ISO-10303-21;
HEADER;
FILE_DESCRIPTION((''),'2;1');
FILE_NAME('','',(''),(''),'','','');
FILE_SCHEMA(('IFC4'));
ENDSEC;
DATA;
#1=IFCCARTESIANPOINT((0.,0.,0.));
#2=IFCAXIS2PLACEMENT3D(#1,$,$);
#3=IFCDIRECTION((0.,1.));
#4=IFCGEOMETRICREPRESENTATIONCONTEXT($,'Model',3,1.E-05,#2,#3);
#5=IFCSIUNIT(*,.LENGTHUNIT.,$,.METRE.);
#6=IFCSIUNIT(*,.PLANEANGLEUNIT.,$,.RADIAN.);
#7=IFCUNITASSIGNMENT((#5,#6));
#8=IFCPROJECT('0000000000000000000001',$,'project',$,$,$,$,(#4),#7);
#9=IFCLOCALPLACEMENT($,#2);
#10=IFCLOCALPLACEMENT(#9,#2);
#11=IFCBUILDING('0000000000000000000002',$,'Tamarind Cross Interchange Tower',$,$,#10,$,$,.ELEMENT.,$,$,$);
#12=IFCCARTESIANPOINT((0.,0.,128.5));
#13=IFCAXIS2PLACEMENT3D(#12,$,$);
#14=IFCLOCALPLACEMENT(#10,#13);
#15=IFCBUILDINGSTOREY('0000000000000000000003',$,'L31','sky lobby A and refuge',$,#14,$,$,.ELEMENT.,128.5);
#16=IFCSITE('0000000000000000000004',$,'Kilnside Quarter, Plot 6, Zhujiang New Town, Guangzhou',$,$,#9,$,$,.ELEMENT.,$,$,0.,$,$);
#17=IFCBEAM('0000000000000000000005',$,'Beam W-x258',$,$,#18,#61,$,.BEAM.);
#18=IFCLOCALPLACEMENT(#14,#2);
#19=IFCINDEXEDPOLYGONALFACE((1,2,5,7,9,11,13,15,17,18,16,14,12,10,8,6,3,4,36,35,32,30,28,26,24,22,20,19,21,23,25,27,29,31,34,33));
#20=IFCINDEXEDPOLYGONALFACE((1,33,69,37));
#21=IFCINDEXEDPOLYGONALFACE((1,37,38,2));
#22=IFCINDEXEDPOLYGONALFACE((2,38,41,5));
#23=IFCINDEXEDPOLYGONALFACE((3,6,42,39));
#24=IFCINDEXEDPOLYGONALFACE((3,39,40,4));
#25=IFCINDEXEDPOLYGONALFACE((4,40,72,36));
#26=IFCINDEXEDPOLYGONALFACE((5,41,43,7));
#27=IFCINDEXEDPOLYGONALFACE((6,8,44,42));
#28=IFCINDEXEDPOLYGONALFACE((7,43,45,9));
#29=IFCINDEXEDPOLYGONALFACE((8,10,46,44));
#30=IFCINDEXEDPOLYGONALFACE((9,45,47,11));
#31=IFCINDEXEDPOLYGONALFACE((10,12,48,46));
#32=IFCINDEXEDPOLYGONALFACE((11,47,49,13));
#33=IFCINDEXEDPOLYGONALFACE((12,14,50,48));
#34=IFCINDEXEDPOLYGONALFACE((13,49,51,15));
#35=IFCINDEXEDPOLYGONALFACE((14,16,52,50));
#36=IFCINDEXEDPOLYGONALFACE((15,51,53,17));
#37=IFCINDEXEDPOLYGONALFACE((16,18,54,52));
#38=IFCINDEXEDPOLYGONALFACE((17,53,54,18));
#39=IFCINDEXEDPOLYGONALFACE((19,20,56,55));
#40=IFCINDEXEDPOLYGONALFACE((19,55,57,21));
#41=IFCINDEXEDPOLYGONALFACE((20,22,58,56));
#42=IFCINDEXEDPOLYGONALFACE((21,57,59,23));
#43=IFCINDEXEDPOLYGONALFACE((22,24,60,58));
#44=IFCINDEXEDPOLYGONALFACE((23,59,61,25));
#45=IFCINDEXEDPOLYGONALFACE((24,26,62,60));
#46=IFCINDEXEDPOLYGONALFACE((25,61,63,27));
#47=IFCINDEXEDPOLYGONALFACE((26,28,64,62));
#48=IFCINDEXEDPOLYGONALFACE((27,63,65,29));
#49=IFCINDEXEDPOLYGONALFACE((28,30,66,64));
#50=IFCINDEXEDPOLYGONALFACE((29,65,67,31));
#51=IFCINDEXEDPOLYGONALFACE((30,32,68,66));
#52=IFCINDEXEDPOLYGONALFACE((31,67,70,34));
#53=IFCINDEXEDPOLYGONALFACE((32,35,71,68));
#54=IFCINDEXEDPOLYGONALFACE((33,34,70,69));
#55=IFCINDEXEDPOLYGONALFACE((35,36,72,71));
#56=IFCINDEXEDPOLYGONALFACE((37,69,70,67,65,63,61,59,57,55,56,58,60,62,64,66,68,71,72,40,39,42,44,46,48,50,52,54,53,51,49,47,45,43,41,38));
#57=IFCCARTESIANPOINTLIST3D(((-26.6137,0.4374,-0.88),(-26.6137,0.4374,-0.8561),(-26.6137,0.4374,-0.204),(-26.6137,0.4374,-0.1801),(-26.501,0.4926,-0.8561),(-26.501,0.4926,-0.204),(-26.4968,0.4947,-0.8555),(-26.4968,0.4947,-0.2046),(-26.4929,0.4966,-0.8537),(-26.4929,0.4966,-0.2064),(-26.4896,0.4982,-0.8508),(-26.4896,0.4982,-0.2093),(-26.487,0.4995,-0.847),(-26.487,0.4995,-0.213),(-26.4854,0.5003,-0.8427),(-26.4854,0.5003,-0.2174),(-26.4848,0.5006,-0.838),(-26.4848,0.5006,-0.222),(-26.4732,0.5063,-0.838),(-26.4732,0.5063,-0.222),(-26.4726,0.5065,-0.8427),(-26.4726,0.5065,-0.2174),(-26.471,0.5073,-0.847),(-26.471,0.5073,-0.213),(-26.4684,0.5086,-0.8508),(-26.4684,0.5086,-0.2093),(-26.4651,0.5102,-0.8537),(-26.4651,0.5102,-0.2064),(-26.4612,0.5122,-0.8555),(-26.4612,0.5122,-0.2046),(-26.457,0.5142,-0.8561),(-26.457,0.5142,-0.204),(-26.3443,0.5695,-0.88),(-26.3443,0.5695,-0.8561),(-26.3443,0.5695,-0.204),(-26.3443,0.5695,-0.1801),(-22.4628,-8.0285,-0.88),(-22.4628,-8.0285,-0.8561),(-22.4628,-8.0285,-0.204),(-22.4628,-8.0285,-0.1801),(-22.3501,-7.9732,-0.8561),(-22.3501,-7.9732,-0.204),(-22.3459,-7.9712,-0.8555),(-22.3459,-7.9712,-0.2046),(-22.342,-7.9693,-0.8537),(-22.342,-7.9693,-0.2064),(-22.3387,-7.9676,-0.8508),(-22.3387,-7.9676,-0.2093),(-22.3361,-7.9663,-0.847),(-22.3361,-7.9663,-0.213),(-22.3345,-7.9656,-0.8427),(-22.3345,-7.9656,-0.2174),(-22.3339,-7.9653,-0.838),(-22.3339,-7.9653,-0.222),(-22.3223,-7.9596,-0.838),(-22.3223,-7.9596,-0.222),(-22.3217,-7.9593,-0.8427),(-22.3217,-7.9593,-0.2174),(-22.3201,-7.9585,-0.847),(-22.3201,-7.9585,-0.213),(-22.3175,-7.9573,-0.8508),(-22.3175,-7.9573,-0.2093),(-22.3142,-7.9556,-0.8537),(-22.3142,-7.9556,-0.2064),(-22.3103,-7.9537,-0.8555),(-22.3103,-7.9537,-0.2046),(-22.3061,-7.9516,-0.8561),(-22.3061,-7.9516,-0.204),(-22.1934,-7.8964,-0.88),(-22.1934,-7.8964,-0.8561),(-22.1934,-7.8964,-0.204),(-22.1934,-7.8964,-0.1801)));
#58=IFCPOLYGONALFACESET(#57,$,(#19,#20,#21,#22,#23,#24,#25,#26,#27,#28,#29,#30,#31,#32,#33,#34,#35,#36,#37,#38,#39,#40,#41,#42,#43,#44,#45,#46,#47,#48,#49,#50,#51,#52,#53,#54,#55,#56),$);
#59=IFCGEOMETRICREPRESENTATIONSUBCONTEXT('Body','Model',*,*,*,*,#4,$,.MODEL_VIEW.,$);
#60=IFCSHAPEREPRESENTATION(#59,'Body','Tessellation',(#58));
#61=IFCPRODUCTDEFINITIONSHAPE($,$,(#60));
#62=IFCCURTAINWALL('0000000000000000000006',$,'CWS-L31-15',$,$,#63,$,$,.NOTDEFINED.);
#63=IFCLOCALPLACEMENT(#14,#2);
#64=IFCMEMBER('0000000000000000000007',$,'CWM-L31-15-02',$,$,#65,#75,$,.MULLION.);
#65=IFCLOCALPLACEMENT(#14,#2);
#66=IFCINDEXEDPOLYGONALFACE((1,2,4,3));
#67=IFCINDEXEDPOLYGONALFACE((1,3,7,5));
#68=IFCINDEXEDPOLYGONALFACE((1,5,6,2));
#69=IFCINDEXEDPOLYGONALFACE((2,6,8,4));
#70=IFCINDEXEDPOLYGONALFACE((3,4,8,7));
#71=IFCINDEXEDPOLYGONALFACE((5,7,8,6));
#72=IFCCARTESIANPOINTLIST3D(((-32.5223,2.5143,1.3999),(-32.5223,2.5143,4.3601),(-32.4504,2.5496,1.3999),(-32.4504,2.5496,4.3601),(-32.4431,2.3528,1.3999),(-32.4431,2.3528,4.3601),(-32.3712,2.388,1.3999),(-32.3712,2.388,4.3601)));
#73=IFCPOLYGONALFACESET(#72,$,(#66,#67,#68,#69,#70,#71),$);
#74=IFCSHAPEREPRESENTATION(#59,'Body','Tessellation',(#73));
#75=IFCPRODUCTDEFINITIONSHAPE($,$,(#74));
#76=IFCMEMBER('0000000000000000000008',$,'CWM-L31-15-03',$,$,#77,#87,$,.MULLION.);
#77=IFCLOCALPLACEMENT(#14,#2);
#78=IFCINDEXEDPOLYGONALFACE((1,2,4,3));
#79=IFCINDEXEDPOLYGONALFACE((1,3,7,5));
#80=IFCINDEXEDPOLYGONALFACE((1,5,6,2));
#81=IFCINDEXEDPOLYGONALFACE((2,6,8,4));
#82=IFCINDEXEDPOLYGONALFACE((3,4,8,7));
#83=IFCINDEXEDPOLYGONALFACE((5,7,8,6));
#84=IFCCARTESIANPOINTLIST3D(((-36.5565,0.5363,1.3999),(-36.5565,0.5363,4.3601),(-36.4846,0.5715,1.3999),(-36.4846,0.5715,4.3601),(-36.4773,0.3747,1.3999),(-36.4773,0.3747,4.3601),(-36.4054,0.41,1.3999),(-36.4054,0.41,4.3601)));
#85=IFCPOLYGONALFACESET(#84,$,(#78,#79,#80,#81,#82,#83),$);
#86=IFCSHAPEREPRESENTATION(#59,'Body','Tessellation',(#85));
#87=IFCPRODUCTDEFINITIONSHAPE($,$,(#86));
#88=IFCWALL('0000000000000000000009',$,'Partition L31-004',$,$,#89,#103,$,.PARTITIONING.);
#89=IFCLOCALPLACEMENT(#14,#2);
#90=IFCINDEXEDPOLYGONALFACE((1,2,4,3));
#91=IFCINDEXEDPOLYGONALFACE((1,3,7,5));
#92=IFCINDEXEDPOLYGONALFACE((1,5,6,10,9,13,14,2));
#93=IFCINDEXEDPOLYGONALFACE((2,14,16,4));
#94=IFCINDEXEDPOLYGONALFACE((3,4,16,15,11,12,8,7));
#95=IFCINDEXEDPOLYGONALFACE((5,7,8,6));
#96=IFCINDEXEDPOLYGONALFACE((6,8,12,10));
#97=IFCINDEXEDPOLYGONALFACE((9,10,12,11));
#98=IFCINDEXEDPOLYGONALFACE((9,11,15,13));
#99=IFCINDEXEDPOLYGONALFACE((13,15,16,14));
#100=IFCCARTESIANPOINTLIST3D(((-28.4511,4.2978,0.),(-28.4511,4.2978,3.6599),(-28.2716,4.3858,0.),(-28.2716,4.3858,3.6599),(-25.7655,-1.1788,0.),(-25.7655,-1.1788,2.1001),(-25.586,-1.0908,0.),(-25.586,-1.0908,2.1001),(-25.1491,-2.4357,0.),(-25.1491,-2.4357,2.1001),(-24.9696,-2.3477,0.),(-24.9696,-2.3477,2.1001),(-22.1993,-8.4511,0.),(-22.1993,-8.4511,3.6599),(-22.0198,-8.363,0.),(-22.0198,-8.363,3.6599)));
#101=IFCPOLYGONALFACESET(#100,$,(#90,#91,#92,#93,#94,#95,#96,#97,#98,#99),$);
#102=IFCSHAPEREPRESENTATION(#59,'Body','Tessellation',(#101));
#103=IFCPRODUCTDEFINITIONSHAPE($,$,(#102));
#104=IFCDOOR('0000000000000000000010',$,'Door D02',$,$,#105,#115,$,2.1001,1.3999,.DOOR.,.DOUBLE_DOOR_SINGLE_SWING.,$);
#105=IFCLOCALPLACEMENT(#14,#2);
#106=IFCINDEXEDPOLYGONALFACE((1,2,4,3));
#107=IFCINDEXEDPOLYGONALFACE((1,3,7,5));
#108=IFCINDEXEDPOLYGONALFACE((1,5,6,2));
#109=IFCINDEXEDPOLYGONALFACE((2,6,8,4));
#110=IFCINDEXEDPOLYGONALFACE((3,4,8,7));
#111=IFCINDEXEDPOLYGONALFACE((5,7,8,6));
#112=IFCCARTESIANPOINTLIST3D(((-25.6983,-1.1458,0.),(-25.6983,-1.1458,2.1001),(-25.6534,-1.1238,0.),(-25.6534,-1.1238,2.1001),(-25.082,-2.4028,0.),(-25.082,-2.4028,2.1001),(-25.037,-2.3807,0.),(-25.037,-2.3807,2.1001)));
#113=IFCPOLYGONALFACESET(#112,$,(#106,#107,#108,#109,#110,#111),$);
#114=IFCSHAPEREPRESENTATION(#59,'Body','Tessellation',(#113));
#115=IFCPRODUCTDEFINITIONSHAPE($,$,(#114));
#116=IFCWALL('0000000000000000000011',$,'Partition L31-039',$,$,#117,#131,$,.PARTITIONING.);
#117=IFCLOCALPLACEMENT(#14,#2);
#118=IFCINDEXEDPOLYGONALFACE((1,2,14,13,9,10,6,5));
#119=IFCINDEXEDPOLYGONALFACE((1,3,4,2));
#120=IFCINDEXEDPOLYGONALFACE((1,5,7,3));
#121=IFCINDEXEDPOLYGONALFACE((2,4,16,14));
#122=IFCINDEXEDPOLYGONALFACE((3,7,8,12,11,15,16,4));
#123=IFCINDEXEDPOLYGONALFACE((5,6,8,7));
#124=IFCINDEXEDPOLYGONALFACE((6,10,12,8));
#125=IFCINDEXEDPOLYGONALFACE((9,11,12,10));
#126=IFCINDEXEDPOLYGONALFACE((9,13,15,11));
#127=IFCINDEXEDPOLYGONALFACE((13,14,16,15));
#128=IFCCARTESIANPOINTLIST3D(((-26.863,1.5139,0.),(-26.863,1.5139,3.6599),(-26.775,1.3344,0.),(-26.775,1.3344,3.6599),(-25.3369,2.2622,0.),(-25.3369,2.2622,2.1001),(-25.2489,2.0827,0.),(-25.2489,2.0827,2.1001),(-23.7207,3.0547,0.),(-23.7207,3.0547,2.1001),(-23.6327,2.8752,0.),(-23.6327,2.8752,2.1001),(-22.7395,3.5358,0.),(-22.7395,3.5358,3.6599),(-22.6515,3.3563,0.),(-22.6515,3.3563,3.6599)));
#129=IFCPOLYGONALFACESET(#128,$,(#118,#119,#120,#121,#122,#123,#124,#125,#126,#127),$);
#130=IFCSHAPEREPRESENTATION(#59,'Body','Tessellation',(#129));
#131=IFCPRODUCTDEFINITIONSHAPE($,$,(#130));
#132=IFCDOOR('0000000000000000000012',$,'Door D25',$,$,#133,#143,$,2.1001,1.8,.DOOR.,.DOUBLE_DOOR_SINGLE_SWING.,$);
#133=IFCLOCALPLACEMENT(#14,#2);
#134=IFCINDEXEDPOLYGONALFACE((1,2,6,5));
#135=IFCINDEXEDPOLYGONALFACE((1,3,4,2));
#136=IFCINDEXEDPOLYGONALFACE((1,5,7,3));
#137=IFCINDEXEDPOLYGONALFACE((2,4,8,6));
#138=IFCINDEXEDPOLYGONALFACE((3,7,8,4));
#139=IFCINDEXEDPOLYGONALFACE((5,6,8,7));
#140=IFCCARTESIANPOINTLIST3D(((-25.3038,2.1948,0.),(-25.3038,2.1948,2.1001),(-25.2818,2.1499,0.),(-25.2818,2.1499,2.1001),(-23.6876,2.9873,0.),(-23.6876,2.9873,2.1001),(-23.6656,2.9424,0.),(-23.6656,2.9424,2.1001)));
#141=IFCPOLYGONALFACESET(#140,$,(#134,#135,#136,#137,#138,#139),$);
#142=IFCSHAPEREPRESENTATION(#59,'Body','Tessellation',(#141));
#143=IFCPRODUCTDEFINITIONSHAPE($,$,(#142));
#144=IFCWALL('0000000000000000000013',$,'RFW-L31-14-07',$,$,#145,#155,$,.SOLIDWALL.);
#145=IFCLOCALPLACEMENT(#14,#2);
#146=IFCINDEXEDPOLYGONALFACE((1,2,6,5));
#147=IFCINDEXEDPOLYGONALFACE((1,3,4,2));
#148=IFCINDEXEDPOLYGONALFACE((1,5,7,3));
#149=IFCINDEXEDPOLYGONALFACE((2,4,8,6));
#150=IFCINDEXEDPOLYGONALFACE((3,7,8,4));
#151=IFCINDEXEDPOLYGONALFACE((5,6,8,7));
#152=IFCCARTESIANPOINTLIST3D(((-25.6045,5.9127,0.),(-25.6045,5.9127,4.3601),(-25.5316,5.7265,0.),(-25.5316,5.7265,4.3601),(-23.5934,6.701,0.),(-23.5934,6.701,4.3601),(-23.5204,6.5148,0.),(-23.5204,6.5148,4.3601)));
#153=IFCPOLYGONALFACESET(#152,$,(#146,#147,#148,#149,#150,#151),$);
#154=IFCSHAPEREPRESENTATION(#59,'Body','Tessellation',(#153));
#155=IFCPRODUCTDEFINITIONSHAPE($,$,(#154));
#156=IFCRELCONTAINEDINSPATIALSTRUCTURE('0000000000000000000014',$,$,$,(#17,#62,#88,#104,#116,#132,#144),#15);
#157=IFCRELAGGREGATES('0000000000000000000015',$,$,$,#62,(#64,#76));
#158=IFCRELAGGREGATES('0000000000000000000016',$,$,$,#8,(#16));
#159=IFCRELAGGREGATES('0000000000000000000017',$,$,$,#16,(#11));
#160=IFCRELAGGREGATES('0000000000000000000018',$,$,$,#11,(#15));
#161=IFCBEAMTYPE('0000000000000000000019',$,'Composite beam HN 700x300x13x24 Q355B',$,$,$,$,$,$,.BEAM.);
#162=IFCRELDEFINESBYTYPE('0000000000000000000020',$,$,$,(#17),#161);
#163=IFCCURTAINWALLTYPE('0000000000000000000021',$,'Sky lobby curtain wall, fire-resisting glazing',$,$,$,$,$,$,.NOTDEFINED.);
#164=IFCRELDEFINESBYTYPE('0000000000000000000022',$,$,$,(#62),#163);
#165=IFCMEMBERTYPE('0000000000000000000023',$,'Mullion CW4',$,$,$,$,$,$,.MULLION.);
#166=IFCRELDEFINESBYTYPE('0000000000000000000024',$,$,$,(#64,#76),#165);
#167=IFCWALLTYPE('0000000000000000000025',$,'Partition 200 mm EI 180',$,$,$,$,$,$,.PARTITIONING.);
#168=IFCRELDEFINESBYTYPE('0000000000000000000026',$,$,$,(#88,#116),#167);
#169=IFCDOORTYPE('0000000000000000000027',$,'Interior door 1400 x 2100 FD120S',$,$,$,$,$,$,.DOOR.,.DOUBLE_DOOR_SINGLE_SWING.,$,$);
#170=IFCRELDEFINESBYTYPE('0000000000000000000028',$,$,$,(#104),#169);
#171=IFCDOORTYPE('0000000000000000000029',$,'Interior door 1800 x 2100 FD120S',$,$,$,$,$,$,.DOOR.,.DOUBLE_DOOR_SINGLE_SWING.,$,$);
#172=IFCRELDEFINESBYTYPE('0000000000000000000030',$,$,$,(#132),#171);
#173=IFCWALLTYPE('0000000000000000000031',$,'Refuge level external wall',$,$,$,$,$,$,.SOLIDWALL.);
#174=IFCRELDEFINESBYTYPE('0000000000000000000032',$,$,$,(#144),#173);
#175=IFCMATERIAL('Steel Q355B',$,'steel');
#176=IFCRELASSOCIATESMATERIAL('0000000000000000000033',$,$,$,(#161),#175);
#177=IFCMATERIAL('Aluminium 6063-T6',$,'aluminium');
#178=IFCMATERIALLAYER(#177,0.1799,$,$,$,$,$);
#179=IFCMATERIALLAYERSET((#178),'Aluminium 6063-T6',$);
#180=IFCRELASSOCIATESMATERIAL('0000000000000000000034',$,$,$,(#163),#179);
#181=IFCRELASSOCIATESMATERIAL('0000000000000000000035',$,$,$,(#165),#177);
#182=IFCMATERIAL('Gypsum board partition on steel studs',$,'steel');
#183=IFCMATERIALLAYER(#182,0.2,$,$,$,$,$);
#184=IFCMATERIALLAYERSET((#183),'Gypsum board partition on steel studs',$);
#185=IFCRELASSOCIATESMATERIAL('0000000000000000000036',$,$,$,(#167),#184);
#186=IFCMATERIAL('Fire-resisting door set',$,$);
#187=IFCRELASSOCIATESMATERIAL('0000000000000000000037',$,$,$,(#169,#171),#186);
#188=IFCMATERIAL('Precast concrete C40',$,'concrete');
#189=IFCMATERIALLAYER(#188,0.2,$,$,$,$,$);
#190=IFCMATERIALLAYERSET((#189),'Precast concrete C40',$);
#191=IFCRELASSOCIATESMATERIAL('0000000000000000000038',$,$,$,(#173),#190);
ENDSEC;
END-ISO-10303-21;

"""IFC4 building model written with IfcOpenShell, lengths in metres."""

from ifc_helpers import new_model, si_unit, direction, frame, frame_2d, origin, origin_2d, place, context, subcontext, project, spatial, rectangle, i_section, extrude, material, layer, layer_set, material_profile, profile_set, type_object, element, fill, aggregate, save


model = new_model("IFC4")

# Units and contexts
model_context = context("Model", 3, precision=1e-05, world=origin(), true_north=direction((0.0, 1.0)))
body_context = subcontext(model_context, "Body", "Model", "MODEL_VIEW")
ifc_project = project(units=[si_unit("LENGTHUNIT", "METRE"), si_unit("PLANEANGLEUNIT", "RADIAN")], contexts=[model_context])

# Site, building, storey
site_placement = place(None, origin())
site = spatial("IfcSite", under=ifc_project, at=site_placement, Name="Kilnside Quarter, Plot 6, Zhujiang New Town, Guangzhou", CompositionType="ELEMENT", RefElevation=0.0)
building_placement = place(site_placement, origin())
building = spatial("IfcBuilding", under=site, at=building_placement, Name="Tamarind Cross Interchange Tower", CompositionType="ELEMENT")
storey_placement = place(building_placement, frame((0.0, 0.0, 128.5)))
storey = spatial("IfcBuildingStorey", under=building, at=storey_placement, Name="L31", Description="sky lobby A and refuge", CompositionType="ELEMENT", Elevation=128.5)

# Beam
ifc_material_1 = material(Name="Steel Q355B", Category="steel")
ifc_material_profile_1 = material_profile(ifc_material_1, i_section(OverallWidth=0.3, OverallDepth=0.7, WebThickness=0.0129, FlangeThickness=0.0239, FilletRadius=0.0181, at=origin_2d()), Name="HN 700x300x13x24")
ifc_profile_set_1 = profile_set([ifc_material_profile_1], Name="Steel Q355B")
beam_type_1 = type_object("IfcBeamType", Name="Composite beam HN 700x300x13x24 Q355B", PredefinedType="BEAM", material=ifc_profile_set_1)
beam_1_placement = place(storey_placement, frame((-26.479, 0.5034, -0.53), z_axis=(0.44024, -0.89788, 0.0), x_axis=(0.89788, 0.44024, 0.0)))
element("IfcBeam", 1, at=beam_1_placement, inside=storey, type_object=beam_type_1, Name="Beam W-x258", PredefinedType="BEAM", context=body_context, shape_type="SweptSolid", body=[
    extrude(i_section(OverallWidth=0.3, OverallDepth=0.7, WebThickness=0.0129, FlangeThickness=0.0239, FilletRadius=0.0181, at=origin_2d()), origin(), (0.0, 0.0, 1.0), 9.4287),
])

# Curtain wall, members
ifc_material_2 = material(Name="Aluminium 6063-T6", Category="aluminium")
ifc_layer_1 = layer(ifc_material_2, 0.1799)
ifc_layer_set_1 = layer_set([ifc_layer_1], Name="Aluminium 6063-T6")
curtain_wall_type = type_object("IfcCurtainWallType", Name="Sky lobby curtain wall, fire-resisting glazing", PredefinedType="NOTDEFINED", material=ifc_layer_set_1)
curtain_wall_placement = place(storey_placement, origin())
curtain_wall = element("IfcCurtainWall", 2, at=curtain_wall_placement, inside=storey, type_object=curtain_wall_type, Name="CWS-L31-15", PredefinedType="NOTDEFINED")
ifc_material_profile_2 = material_profile(ifc_material_2, rectangle(XDim=0.0801, YDim=0.1799, at=origin_2d()), Name="Mullion CW4")
ifc_profile_set_2 = profile_set([ifc_material_profile_2], Name="Aluminium 6063-T6")
member_type = type_object("IfcMemberType", Name="Mullion CW4", PredefinedType="MULLION", material=ifc_profile_set_2)
member_1_placement = place(storey_placement, frame((-32.4468, 2.4512, 1.3999), z_axis=(0.0, 0.0, 1.0), x_axis=(-0.897874, -0.440253, 0.0)))
member_1 = element("IfcMember", 3, at=member_1_placement, type_object=member_type, Name="CWM-L31-15-02", PredefinedType="MULLION", context=body_context, shape_type="SweptSolid", body=[
    extrude(rectangle(XDim=0.0801, YDim=0.1799, at=origin_2d()), origin(), (0.0, 0.0, 1.0), 2.9602),
])
member_2_placement = place(storey_placement, frame((-36.481, 0.4731, 1.3999), z_axis=(0.0, 0.0, 1.0), x_axis=(-0.897874, -0.440253, 0.0)))
member_2 = element("IfcMember", 4, at=member_2_placement, type_object=member_type, Name="CWM-L31-15-03", PredefinedType="MULLION", context=body_context, shape_type="SweptSolid", body=[
    extrude(rectangle(XDim=0.0801, YDim=0.1799, at=origin_2d()), origin(), (0.0, 0.0, 1.0), 2.9602),
])
aggregate(curtain_wall, [member_1, member_2])

# Walls, openings, doors
ifc_material_3 = material(Name="Gypsum board partition on steel studs", Category="steel")
ifc_layer_2 = layer(ifc_material_3, 0.2)
ifc_layer_set_2 = layer_set([ifc_layer_2], Name="Gypsum board partition on steel studs")
wall_type_1 = type_object("IfcWallType", Name="Partition 200 mm EI 180", PredefinedType="PARTITIONING", material=ifc_layer_set_2)
wall_1_placement = place(storey_placement, frame((-28.3613, 4.3418, 0.0), z_axis=(0.0, 0.0, 1.0), x_axis=(0.440288, -0.897856, 0.0)))
wall_1 = element("IfcWall", 5, at=wall_1_placement, inside=storey, type_object=wall_type_1, Name="Partition L31-004", PredefinedType="PARTITIONING", context=body_context, shape_type="SweptSolid", body=[
    extrude(rectangle(XDim=14.1992, YDim=0.2, at=frame_2d((7.0996, 0.0))), origin(), (0.0, 0.0, 1.0), 3.6599),
])
opening_1_placement = place(wall_1_placement, frame((6.0996, 0.0, 0.0)))
opening_1 = element("IfcOpeningElement", 6, at=opening_1_placement, cuts=wall_1, PredefinedType="OPENING", context=body_context, shape_type="SweptSolid", body=[
    extrude(rectangle(XDim=1.3999, YDim=2.1001, at=frame_2d((0.7, 1.05))), frame((0.0, 0.1099, 0.0), z_axis=(0.0, -1.0, 0.0), x_axis=(1.0, 0.0, 0.0)), (0.0, 0.0, 1.0), 0.22),
])
ifc_material_4 = material(Name="Fire-resisting door set")
door_type_1 = type_object("IfcDoorType", Name="Interior door 1400 x 2100 FD120S", OperationType="DOUBLE_DOOR_SINGLE_SWING", PredefinedType="DOOR", material=ifc_material_4)
door_1_placement = place(opening_1_placement, origin())
door_1 = element("IfcDoor", 7, at=door_1_placement, inside=storey, type_object=door_type_1, Name="Door D02", OperationType="DOUBLE_DOOR_SINGLE_SWING", OverallHeight=2.1001, OverallWidth=1.3999, PredefinedType="DOOR", context=body_context, shape_type="SweptSolid", body=[
    extrude(rectangle(XDim=1.3999, YDim=2.1001, at=frame_2d((0.7, 1.05))), frame((0.0, 0.0249, 0.0), z_axis=(0.0, -1.0, 0.0), x_axis=(1.0, 0.0, 0.0)), (0.0, 0.0, 1.0), 0.05),
])
fill(opening_1, door_1)
wall_2_placement = place(storey_placement, frame((-26.8191, 1.4241, 0.0), z_axis=(0.0, 0.0, 1.0), x_axis=(0.897866, 0.440268, 0.0)))
wall_2 = element("IfcWall", 8, at=wall_2_placement, inside=storey, type_object=wall_type_1, Name="Partition L31-039", PredefinedType="PARTITIONING", context=body_context, shape_type="SweptSolid", body=[
    extrude(rectangle(XDim=4.5925, YDim=0.2, at=frame_2d((2.2964, 0.0))), origin(), (0.0, 0.0, 1.0), 3.6599),
])
opening_2_placement = place(wall_2_placement, frame((1.7, 0.0, 0.0)))
opening_2 = element("IfcOpeningElement", 9, at=opening_2_placement, cuts=wall_2, PredefinedType="OPENING", context=body_context, shape_type="SweptSolid", body=[
    extrude(rectangle(XDim=1.8, YDim=2.1001, at=frame_2d((0.8999, 1.05))), frame((0.0, 0.1099, 0.0), z_axis=(0.0, -1.0, 0.0), x_axis=(1.0, 0.0, 0.0)), (0.0, 0.0, 1.0), 0.22),
])
door_type_2 = type_object("IfcDoorType", Name="Interior door 1800 x 2100 FD120S", OperationType="DOUBLE_DOOR_SINGLE_SWING", PredefinedType="DOOR", material=ifc_material_4)
door_2_placement = place(opening_2_placement, origin())
door_2 = element("IfcDoor", 10, at=door_2_placement, inside=storey, type_object=door_type_2, Name="Door D25", OperationType="DOUBLE_DOOR_SINGLE_SWING", OverallHeight=2.1001, OverallWidth=1.8, PredefinedType="DOOR", context=body_context, shape_type="SweptSolid", body=[
    extrude(rectangle(XDim=1.8, YDim=2.1001, at=frame_2d((0.8999, 1.05))), frame((0.0, 0.0249, 0.0), z_axis=(0.0, -1.0, 0.0), x_axis=(1.0, 0.0, 0.0)), (0.0, 0.0, 1.0), 0.05),
])
fill(opening_2, door_2)

# Wall
ifc_material_5 = material(Name="Precast concrete C40", Category="concrete")
ifc_layer_3 = layer(ifc_material_5, 0.2)
ifc_layer_set_3 = layer_set([ifc_layer_3], Name="Precast concrete C40")
wall_type_2 = type_object("IfcWallType", Name="Refuge level external wall", PredefinedType="SOLIDWALL", material=ifc_layer_set_3)
wall_3_placement = place(storey_placement, frame((-23.5569, 6.6079, 0.0), z_axis=(0.0, 0.0, 1.0), x_axis=(-0.931034, -0.364932, 0.0)))
element("IfcWall", 11, at=wall_3_placement, inside=storey, type_object=wall_type_2, Name="RFW-L31-14-07", PredefinedType="SOLIDWALL", context=body_context, shape_type="SweptSolid", body=[
    extrude(rectangle(XDim=2.1602, YDim=0.2, at=frame_2d((1.0801, 0.0))), origin(), (0.0, 0.0, 1.0), 4.3601),
])

save(model, "model.ifc")
